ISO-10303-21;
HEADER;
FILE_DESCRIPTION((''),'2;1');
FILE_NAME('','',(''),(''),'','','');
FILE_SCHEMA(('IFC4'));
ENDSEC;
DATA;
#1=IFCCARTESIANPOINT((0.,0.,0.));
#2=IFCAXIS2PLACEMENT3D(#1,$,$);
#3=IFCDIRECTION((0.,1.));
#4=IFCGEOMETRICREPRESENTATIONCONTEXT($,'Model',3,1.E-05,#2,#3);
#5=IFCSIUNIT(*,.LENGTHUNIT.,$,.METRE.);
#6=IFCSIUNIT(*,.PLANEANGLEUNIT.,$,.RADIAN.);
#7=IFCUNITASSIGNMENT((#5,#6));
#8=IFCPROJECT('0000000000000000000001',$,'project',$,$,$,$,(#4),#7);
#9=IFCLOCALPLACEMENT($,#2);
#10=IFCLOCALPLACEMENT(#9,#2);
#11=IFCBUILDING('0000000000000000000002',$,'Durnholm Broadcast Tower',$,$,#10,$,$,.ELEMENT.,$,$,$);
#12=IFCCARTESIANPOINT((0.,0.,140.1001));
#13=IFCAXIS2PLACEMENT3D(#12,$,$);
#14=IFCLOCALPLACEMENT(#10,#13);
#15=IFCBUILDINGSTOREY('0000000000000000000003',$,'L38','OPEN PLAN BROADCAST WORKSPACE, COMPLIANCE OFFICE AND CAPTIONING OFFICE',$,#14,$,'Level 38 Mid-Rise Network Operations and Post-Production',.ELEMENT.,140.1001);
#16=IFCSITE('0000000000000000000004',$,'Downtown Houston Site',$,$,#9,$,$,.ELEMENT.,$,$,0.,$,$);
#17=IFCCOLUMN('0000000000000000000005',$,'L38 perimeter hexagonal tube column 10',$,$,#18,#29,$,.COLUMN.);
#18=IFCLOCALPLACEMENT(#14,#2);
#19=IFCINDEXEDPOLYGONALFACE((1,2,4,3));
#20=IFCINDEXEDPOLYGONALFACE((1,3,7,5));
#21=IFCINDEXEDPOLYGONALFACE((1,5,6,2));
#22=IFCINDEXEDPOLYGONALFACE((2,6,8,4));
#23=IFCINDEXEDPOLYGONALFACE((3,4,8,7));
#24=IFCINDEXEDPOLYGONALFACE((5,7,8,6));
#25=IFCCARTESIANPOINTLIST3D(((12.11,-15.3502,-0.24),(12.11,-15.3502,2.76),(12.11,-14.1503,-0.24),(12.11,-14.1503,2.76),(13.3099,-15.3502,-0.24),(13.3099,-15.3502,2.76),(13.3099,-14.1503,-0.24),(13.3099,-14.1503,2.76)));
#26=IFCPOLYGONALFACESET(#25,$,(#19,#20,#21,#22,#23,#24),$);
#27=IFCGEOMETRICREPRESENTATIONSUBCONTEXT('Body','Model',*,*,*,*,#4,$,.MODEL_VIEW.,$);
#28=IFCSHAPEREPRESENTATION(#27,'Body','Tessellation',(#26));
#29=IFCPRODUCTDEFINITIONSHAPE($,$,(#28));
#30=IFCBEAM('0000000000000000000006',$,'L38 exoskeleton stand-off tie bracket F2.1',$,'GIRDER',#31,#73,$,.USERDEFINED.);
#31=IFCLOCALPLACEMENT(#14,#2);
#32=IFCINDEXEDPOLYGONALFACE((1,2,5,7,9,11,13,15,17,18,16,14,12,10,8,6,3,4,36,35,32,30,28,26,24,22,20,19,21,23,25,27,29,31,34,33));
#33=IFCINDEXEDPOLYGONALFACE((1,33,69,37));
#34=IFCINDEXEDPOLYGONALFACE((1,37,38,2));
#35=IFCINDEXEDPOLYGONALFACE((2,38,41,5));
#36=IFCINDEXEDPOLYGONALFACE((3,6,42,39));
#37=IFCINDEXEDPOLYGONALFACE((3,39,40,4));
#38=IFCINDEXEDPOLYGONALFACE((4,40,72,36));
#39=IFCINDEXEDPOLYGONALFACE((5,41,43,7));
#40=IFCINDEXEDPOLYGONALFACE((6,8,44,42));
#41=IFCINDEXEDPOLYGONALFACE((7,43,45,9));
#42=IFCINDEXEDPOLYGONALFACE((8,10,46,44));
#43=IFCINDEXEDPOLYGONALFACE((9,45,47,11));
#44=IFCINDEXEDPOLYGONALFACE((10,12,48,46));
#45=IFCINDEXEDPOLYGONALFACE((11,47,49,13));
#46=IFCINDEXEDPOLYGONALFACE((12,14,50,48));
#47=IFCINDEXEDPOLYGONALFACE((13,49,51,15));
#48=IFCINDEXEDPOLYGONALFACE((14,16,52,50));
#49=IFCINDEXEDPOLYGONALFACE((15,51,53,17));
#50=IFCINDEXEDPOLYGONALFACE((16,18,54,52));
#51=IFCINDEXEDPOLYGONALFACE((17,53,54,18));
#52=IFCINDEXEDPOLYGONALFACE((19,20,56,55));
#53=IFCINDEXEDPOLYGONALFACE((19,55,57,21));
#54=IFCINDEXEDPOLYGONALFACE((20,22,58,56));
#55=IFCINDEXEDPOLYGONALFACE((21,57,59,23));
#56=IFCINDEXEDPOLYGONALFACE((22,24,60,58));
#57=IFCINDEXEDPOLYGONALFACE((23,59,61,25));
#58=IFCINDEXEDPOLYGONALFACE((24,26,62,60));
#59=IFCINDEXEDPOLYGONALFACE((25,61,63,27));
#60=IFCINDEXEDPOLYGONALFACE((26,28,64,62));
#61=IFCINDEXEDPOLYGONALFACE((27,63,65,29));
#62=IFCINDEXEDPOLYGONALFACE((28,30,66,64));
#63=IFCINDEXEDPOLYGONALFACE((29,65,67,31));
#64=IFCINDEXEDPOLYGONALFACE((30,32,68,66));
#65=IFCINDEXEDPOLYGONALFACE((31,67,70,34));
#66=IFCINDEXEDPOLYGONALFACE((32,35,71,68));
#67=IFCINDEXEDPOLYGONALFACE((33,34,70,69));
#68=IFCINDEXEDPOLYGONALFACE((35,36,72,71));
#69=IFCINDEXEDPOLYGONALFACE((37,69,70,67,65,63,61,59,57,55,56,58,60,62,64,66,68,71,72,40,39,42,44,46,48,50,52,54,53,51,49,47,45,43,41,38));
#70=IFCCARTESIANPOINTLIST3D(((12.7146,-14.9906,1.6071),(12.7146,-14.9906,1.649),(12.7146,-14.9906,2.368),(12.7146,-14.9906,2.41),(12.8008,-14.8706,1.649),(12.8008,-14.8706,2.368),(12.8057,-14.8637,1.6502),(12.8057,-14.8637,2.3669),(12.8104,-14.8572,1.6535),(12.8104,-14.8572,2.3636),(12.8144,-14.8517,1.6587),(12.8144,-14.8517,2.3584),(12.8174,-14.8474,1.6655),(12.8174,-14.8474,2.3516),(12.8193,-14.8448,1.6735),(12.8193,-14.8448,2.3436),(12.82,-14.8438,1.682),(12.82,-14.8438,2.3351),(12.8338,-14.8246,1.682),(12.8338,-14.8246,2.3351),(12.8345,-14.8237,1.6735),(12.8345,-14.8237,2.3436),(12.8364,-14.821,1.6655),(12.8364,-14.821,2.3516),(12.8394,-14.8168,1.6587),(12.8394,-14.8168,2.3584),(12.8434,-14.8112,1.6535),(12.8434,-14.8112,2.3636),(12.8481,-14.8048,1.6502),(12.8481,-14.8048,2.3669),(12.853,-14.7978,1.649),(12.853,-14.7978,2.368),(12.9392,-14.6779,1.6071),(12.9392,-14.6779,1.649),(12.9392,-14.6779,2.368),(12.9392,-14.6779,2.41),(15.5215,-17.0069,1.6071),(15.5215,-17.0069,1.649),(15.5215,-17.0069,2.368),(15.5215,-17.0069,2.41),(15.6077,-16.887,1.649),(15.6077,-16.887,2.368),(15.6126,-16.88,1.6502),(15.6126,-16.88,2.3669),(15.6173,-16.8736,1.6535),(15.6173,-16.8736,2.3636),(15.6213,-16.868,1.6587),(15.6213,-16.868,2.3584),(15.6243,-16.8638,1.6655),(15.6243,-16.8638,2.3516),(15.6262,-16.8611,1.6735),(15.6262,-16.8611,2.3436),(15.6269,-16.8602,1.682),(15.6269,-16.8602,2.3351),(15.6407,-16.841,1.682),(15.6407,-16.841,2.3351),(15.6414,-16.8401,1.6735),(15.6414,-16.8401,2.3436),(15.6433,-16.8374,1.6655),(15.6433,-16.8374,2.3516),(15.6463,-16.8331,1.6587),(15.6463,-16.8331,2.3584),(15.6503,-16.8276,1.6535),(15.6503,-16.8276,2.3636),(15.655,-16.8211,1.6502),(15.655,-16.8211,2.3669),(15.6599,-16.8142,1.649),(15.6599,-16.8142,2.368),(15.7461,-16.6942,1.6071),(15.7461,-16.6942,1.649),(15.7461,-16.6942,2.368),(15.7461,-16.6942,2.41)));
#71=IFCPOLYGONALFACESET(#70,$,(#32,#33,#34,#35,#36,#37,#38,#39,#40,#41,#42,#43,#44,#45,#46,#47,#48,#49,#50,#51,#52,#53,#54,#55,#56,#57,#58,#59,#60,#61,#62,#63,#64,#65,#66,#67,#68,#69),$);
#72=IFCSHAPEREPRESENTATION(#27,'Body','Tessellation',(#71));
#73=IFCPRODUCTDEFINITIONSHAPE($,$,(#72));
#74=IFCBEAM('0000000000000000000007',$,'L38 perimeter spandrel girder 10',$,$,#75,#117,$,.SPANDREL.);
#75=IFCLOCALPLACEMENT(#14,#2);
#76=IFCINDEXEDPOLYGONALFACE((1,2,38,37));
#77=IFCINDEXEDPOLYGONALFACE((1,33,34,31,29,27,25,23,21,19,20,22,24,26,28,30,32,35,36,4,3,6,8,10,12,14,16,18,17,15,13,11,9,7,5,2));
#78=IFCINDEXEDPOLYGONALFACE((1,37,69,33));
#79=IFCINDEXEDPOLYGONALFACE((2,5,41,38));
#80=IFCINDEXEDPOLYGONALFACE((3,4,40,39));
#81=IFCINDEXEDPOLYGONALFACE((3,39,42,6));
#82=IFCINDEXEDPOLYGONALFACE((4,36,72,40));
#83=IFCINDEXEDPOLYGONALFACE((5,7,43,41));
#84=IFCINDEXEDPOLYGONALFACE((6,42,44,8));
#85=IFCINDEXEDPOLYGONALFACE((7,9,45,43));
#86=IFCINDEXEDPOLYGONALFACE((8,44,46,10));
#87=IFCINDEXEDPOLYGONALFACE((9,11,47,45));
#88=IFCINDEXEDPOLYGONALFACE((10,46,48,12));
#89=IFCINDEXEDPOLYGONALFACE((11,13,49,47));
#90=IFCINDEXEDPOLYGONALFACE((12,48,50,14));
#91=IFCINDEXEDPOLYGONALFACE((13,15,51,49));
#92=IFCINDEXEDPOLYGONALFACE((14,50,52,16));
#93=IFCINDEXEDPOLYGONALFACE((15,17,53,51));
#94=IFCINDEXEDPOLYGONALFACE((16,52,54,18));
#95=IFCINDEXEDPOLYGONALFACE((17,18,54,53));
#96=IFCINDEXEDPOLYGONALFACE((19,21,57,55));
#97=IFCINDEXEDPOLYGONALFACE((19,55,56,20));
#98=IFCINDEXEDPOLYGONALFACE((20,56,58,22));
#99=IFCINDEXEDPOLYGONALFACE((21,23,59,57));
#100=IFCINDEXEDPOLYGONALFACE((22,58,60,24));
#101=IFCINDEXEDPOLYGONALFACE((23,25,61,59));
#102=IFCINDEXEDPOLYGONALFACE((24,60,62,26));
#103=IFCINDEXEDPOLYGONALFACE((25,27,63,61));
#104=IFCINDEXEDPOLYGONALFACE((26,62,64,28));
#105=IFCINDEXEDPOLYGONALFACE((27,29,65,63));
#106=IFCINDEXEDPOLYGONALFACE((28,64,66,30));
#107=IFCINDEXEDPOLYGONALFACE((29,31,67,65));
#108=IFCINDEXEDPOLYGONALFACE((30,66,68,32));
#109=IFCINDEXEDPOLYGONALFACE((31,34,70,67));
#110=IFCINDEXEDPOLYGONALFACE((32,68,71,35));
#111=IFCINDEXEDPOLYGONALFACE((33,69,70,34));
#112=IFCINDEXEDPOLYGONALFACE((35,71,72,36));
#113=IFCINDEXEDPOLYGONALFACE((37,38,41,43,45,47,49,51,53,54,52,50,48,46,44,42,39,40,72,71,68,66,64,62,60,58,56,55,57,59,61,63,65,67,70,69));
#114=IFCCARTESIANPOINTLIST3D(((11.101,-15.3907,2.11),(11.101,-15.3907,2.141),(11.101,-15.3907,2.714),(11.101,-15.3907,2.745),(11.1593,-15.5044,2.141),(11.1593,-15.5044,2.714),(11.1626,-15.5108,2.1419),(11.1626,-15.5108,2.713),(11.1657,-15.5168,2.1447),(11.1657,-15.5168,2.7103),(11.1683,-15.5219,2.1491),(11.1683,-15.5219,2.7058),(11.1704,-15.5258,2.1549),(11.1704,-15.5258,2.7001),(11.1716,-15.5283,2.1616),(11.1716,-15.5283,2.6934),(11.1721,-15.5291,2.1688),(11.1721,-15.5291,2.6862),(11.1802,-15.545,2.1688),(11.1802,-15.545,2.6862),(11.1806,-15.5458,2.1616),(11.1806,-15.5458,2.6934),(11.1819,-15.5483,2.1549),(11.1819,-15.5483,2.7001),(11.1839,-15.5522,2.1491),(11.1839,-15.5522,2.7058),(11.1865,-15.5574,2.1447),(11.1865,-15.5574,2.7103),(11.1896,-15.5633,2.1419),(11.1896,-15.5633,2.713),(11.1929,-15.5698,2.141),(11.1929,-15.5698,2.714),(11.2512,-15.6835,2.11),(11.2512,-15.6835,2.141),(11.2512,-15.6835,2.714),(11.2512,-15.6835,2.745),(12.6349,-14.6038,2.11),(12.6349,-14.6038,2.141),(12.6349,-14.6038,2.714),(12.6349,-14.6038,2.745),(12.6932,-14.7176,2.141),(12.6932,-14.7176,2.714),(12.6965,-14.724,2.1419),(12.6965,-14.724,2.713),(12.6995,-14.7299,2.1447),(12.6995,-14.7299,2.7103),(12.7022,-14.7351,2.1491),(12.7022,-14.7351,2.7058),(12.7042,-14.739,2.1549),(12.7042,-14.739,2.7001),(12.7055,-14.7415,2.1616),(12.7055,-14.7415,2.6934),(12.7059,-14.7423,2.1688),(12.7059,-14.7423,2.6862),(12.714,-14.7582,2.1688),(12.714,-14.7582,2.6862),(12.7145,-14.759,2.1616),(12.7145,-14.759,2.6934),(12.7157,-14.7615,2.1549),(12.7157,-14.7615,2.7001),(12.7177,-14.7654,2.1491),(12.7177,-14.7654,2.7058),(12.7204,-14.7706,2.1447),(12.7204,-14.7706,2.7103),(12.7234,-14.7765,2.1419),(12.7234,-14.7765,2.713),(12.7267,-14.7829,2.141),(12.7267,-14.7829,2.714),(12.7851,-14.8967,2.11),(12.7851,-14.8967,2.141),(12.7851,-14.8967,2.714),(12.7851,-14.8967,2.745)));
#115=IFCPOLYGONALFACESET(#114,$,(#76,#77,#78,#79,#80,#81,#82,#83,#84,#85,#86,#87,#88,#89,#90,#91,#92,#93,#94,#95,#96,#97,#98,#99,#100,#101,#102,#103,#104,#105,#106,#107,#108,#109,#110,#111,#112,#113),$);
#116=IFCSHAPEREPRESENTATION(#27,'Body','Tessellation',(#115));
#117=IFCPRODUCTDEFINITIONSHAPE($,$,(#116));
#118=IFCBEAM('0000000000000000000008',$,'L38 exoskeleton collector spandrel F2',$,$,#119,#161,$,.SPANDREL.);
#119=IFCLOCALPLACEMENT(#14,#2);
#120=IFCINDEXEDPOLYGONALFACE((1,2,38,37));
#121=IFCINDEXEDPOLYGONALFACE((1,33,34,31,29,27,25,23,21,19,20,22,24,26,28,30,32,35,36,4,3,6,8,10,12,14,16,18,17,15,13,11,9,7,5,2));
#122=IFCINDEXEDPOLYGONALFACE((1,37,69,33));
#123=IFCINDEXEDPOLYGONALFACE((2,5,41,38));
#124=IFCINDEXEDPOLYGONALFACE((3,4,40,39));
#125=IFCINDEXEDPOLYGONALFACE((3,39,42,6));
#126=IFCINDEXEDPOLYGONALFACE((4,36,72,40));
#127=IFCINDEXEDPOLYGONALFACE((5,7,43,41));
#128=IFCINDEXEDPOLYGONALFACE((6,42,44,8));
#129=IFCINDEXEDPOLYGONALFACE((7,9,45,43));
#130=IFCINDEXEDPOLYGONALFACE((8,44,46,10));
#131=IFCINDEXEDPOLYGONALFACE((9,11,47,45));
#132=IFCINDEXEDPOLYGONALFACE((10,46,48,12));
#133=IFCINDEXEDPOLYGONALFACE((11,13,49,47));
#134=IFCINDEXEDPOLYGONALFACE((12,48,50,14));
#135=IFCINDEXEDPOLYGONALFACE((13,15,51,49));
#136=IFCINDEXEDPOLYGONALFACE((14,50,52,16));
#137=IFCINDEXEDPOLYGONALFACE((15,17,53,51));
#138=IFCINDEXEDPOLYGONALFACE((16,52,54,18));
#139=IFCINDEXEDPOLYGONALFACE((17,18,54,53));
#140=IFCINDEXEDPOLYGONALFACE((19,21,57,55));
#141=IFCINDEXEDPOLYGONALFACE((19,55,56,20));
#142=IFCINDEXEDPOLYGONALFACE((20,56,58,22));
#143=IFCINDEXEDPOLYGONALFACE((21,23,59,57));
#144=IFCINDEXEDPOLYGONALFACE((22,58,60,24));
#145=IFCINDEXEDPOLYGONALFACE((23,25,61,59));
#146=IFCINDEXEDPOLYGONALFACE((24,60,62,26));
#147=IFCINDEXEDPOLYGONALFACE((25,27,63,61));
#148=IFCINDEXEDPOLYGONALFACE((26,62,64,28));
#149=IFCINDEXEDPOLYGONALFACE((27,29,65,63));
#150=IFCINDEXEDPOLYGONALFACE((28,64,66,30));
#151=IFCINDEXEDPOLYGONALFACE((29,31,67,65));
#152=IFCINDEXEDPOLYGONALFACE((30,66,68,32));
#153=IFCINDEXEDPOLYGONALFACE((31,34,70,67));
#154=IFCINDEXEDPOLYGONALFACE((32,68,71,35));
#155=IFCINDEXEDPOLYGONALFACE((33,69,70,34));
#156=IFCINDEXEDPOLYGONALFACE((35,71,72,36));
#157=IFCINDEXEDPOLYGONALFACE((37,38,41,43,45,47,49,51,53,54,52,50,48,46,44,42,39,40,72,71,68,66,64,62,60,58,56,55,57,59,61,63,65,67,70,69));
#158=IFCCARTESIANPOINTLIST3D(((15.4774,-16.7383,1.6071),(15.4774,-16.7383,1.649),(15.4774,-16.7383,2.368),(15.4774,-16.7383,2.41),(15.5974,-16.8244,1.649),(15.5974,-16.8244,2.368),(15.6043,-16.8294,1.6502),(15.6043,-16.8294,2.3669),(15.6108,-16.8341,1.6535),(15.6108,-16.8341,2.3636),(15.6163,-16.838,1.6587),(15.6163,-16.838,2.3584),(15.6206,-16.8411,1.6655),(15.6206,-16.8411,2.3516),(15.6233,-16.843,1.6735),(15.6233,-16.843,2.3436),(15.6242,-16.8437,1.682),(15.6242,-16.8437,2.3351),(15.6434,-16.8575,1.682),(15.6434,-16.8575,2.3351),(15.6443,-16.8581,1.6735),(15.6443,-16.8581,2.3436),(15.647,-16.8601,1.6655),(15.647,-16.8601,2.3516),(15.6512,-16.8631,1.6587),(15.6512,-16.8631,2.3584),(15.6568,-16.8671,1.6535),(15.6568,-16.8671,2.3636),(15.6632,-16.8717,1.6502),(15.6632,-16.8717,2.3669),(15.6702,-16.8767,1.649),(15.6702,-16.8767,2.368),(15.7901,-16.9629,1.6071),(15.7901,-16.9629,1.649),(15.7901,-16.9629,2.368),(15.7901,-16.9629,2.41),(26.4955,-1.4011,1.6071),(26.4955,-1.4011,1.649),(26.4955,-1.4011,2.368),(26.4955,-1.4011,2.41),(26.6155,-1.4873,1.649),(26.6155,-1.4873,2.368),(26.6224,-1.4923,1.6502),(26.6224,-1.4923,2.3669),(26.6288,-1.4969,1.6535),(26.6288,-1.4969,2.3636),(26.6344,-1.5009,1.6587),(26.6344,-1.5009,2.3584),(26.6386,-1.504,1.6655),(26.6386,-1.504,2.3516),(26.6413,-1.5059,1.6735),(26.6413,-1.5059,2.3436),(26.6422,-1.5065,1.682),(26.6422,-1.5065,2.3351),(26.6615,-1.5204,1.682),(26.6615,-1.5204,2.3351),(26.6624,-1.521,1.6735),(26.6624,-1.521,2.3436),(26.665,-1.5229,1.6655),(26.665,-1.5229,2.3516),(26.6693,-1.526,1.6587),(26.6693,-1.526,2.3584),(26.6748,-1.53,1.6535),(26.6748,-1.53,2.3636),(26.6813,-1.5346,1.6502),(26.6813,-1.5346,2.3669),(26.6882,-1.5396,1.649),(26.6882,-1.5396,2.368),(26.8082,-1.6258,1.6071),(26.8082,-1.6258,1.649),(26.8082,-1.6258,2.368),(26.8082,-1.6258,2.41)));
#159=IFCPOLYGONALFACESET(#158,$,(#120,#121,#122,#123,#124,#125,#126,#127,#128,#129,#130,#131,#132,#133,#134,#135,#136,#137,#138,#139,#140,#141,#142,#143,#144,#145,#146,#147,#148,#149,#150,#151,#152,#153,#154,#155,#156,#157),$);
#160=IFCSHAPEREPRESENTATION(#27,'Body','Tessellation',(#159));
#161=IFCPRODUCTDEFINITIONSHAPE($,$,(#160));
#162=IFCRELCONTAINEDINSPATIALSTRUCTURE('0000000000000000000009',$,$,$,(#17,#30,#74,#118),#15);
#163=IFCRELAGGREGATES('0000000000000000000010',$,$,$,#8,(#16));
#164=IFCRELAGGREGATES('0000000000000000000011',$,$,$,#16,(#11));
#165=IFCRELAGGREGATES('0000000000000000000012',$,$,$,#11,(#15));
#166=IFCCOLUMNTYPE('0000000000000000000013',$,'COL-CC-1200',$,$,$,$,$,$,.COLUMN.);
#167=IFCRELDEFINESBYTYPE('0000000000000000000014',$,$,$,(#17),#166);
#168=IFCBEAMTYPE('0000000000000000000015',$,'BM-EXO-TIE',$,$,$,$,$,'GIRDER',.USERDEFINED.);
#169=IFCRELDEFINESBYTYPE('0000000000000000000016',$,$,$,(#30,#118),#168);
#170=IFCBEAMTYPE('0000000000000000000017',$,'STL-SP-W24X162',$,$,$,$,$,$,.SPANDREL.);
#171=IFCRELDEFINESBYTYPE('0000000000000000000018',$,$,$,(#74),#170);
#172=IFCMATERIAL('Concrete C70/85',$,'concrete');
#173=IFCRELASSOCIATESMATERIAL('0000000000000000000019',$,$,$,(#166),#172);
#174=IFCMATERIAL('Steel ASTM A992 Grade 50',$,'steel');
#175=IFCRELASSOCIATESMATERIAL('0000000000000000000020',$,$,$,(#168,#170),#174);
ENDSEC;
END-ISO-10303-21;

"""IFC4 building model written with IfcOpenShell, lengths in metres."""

from ifc_helpers import new_model, si_unit, direction, frame, origin, origin_2d, place, context, subcontext, project, spatial, rectangle, i_section, extrude, source, transform, mapped, material, material_profile, profile_set, type_object, type_shapes, element, save


model = new_model("IFC4")

# Units and contexts
model_context = context("Model", 3, precision=1e-05, world=origin(), true_north=direction((0.0, 1.0)))
body_context = subcontext(model_context, "Body", "Model", "MODEL_VIEW")
ifc_project = project(units=[si_unit("LENGTHUNIT", "METRE"), si_unit("PLANEANGLEUNIT", "RADIAN")], contexts=[model_context])

# Site, building, storey
site_placement = place(None, origin())
site = spatial("IfcSite", under=ifc_project, at=site_placement, Name="Downtown Houston Site", CompositionType="ELEMENT", RefElevation=0.0)
building_placement = place(site_placement, origin())
building = spatial("IfcBuilding", under=site, at=building_placement, Name="Durnholm Broadcast Tower", CompositionType="ELEMENT")
storey_placement = place(building_placement, frame((0.0, 0.0, 140.1001)))
storey = spatial("IfcBuildingStorey", under=building, at=storey_placement, Name="L38", Description="OPEN PLAN BROADCAST WORKSPACE, COMPLIANCE OFFICE AND CAPTIONING OFFICE", LongName="Level 38 Mid-Rise Network Operations and Post-Production", CompositionType="ELEMENT", Elevation=140.1001)

# Column
ifc_material_1 = material(Name="Concrete C70/85", Category="concrete")
ifc_material_profile_1 = material_profile(ifc_material_1, rectangle(XDim=1.2, YDim=1.2, at=origin_2d()), Name="RC1200X1200")
ifc_profile_set_1 = profile_set([ifc_material_profile_1], Name="Concrete C70/85")
column_type = type_object("IfcColumnType", Name="COL-CC-1200", PredefinedType="COLUMN", material=ifc_profile_set_1)
shared_shape_1 = source(origin(), body_context, "Body", "SweptSolid", [
    extrude(rectangle(XDim=1.2, YDim=1.2, at=origin_2d()), origin(), (0.0, 0.0, 1.0), 3.0),
])
type_shapes(column_type, [shared_shape_1])
column_placement = place(storey_placement, frame((12.71, -14.7502, -0.24), z_axis=(0.0, 0.0, 1.0), x_axis=(1.0, 0.0, 0.0)))
element("IfcColumn", 1, at=column_placement, inside=storey, type_object=column_type, Name="L38 perimeter hexagonal tube column 10", PredefinedType="COLUMN", context=body_context, shape_type="MappedRepresentation", body=[
    mapped(shared_shape_1, transform((0.0, 0.0, 0.0), x_axis=(1.0, 0.0, 0.0), y_axis=(0.0, 1.0, 0.0), z_axis=(0.0, 0.0, 1.0), scale=1.0)),
])

# Beams
ifc_material_2 = material(Name="Steel ASTM A992 Grade 50", Category="steel")
ifc_material_profile_2 = material_profile(ifc_material_2, i_section(OverallWidth=0.385, OverallDepth=0.803, WebThickness=0.0237, FlangeThickness=0.042, FilletRadius=0.033, at=origin_2d()), Name="W30X261")
ifc_profile_set_2 = profile_set([ifc_material_profile_2], Name="Steel ASTM A992 Grade 50")
beam_type_1 = type_object("IfcBeamType", Name="BM-EXO-TIE", ElementType="GIRDER", PredefinedType="USERDEFINED", material=ifc_profile_set_2)
shared_shape_2 = source(origin(), body_context, "Body", "SweptSolid", [
    extrude(i_section(OverallWidth=0.385, OverallDepth=0.803, WebThickness=0.0237, FlangeThickness=0.042, FilletRadius=0.033, at=origin_2d()), origin(), (0.0, 0.0, 1.0), 3.4561),
])
beam_1_placement = place(storey_placement, frame((12.8269, -14.8342, 2.0085), z_axis=(0.812165, -0.583428, 0.0), x_axis=(0.583428, 0.812165, 0.0)))
element("IfcBeam", 2, at=beam_1_placement, inside=storey, type_object=beam_type_1, Name="L38 exoskeleton stand-off tie bracket F2.1", ObjectType="GIRDER", PredefinedType="USERDEFINED", context=body_context, shape_type="MappedRepresentation", body=[
    mapped(shared_shape_2, transform((0.0, 0.0, 0.0), x_axis=(1.0, 0.0, 0.0), y_axis=(0.0, 1.0, 0.0), z_axis=(0.0, 0.0, 1.0), scale=1.0)),
])
ifc_material_profile_3 = material_profile(ifc_material_2, i_section(OverallWidth=0.3291, OverallDepth=0.635, WebThickness=0.0178, FlangeThickness=0.031, FilletRadius=0.0278, at=origin_2d()), Name="W24X162")
ifc_profile_set_3 = profile_set([ifc_material_profile_3], Name="Steel ASTM A992 Grade 50")
beam_type_2 = type_object("IfcBeamType", Name="STL-SP-W24X162", PredefinedType="SPANDREL", material=ifc_profile_set_3)
shared_shape_3 = source(origin(), body_context, "Body", "SweptSolid", [
    extrude(i_section(OverallWidth=0.3291, OverallDepth=0.635, WebThickness=0.0178, FlangeThickness=0.031, FilletRadius=0.0278, at=origin_2d()), origin(), (0.0, 0.0, 1.0), 1.7239),
])
type_shapes(beam_type_2, [shared_shape_3])
beam_2_placement = place(storey_placement, frame((12.71, -14.7502, 2.4275), z_axis=(-0.889763, -0.456423, 0.0), x_axis=(0.456423, -0.889763, 0.0)))
element("IfcBeam", 3, at=beam_2_placement, inside=storey, type_object=beam_type_2, Name="L38 perimeter spandrel girder 10", PredefinedType="SPANDREL", context=body_context, shape_type="MappedRepresentation", body=[
    mapped(shared_shape_3, transform((0.0, 0.0, 0.0), x_axis=(1.0, 0.0, 0.0), y_axis=(0.0, 1.0, 0.0), z_axis=(0.0, 0.0, 1.0), scale=1.0)),
])
shared_shape_4 = source(origin(), body_context, "Body", "SweptSolid", [
    extrude(i_section(OverallWidth=0.385, OverallDepth=0.803, WebThickness=0.0237, FlangeThickness=0.042, FilletRadius=0.033, at=origin_2d()), origin(), (0.0, 0.0, 1.0), 18.8845),
])
type_shapes(beam_type_1, [shared_shape_2, shared_shape_4])
beam_3_placement = place(storey_placement, frame((15.6338, -16.8506, 2.0085), z_axis=(0.583443, 0.812154, 0.0), x_axis=(-0.812154, 0.583443, 0.0)))
element("IfcBeam", 4, at=beam_3_placement, inside=storey, type_object=beam_type_1, Name="L38 exoskeleton collector spandrel F2", PredefinedType="SPANDREL", context=body_context, shape_type="MappedRepresentation", body=[
    mapped(shared_shape_4, transform((0.0, 0.0, 0.0), x_axis=(1.0, 0.0, 0.0), y_axis=(0.0, 1.0, 0.0), z_axis=(0.0, 0.0, 1.0), scale=1.0)),
])

save(model, "model.ifc")
